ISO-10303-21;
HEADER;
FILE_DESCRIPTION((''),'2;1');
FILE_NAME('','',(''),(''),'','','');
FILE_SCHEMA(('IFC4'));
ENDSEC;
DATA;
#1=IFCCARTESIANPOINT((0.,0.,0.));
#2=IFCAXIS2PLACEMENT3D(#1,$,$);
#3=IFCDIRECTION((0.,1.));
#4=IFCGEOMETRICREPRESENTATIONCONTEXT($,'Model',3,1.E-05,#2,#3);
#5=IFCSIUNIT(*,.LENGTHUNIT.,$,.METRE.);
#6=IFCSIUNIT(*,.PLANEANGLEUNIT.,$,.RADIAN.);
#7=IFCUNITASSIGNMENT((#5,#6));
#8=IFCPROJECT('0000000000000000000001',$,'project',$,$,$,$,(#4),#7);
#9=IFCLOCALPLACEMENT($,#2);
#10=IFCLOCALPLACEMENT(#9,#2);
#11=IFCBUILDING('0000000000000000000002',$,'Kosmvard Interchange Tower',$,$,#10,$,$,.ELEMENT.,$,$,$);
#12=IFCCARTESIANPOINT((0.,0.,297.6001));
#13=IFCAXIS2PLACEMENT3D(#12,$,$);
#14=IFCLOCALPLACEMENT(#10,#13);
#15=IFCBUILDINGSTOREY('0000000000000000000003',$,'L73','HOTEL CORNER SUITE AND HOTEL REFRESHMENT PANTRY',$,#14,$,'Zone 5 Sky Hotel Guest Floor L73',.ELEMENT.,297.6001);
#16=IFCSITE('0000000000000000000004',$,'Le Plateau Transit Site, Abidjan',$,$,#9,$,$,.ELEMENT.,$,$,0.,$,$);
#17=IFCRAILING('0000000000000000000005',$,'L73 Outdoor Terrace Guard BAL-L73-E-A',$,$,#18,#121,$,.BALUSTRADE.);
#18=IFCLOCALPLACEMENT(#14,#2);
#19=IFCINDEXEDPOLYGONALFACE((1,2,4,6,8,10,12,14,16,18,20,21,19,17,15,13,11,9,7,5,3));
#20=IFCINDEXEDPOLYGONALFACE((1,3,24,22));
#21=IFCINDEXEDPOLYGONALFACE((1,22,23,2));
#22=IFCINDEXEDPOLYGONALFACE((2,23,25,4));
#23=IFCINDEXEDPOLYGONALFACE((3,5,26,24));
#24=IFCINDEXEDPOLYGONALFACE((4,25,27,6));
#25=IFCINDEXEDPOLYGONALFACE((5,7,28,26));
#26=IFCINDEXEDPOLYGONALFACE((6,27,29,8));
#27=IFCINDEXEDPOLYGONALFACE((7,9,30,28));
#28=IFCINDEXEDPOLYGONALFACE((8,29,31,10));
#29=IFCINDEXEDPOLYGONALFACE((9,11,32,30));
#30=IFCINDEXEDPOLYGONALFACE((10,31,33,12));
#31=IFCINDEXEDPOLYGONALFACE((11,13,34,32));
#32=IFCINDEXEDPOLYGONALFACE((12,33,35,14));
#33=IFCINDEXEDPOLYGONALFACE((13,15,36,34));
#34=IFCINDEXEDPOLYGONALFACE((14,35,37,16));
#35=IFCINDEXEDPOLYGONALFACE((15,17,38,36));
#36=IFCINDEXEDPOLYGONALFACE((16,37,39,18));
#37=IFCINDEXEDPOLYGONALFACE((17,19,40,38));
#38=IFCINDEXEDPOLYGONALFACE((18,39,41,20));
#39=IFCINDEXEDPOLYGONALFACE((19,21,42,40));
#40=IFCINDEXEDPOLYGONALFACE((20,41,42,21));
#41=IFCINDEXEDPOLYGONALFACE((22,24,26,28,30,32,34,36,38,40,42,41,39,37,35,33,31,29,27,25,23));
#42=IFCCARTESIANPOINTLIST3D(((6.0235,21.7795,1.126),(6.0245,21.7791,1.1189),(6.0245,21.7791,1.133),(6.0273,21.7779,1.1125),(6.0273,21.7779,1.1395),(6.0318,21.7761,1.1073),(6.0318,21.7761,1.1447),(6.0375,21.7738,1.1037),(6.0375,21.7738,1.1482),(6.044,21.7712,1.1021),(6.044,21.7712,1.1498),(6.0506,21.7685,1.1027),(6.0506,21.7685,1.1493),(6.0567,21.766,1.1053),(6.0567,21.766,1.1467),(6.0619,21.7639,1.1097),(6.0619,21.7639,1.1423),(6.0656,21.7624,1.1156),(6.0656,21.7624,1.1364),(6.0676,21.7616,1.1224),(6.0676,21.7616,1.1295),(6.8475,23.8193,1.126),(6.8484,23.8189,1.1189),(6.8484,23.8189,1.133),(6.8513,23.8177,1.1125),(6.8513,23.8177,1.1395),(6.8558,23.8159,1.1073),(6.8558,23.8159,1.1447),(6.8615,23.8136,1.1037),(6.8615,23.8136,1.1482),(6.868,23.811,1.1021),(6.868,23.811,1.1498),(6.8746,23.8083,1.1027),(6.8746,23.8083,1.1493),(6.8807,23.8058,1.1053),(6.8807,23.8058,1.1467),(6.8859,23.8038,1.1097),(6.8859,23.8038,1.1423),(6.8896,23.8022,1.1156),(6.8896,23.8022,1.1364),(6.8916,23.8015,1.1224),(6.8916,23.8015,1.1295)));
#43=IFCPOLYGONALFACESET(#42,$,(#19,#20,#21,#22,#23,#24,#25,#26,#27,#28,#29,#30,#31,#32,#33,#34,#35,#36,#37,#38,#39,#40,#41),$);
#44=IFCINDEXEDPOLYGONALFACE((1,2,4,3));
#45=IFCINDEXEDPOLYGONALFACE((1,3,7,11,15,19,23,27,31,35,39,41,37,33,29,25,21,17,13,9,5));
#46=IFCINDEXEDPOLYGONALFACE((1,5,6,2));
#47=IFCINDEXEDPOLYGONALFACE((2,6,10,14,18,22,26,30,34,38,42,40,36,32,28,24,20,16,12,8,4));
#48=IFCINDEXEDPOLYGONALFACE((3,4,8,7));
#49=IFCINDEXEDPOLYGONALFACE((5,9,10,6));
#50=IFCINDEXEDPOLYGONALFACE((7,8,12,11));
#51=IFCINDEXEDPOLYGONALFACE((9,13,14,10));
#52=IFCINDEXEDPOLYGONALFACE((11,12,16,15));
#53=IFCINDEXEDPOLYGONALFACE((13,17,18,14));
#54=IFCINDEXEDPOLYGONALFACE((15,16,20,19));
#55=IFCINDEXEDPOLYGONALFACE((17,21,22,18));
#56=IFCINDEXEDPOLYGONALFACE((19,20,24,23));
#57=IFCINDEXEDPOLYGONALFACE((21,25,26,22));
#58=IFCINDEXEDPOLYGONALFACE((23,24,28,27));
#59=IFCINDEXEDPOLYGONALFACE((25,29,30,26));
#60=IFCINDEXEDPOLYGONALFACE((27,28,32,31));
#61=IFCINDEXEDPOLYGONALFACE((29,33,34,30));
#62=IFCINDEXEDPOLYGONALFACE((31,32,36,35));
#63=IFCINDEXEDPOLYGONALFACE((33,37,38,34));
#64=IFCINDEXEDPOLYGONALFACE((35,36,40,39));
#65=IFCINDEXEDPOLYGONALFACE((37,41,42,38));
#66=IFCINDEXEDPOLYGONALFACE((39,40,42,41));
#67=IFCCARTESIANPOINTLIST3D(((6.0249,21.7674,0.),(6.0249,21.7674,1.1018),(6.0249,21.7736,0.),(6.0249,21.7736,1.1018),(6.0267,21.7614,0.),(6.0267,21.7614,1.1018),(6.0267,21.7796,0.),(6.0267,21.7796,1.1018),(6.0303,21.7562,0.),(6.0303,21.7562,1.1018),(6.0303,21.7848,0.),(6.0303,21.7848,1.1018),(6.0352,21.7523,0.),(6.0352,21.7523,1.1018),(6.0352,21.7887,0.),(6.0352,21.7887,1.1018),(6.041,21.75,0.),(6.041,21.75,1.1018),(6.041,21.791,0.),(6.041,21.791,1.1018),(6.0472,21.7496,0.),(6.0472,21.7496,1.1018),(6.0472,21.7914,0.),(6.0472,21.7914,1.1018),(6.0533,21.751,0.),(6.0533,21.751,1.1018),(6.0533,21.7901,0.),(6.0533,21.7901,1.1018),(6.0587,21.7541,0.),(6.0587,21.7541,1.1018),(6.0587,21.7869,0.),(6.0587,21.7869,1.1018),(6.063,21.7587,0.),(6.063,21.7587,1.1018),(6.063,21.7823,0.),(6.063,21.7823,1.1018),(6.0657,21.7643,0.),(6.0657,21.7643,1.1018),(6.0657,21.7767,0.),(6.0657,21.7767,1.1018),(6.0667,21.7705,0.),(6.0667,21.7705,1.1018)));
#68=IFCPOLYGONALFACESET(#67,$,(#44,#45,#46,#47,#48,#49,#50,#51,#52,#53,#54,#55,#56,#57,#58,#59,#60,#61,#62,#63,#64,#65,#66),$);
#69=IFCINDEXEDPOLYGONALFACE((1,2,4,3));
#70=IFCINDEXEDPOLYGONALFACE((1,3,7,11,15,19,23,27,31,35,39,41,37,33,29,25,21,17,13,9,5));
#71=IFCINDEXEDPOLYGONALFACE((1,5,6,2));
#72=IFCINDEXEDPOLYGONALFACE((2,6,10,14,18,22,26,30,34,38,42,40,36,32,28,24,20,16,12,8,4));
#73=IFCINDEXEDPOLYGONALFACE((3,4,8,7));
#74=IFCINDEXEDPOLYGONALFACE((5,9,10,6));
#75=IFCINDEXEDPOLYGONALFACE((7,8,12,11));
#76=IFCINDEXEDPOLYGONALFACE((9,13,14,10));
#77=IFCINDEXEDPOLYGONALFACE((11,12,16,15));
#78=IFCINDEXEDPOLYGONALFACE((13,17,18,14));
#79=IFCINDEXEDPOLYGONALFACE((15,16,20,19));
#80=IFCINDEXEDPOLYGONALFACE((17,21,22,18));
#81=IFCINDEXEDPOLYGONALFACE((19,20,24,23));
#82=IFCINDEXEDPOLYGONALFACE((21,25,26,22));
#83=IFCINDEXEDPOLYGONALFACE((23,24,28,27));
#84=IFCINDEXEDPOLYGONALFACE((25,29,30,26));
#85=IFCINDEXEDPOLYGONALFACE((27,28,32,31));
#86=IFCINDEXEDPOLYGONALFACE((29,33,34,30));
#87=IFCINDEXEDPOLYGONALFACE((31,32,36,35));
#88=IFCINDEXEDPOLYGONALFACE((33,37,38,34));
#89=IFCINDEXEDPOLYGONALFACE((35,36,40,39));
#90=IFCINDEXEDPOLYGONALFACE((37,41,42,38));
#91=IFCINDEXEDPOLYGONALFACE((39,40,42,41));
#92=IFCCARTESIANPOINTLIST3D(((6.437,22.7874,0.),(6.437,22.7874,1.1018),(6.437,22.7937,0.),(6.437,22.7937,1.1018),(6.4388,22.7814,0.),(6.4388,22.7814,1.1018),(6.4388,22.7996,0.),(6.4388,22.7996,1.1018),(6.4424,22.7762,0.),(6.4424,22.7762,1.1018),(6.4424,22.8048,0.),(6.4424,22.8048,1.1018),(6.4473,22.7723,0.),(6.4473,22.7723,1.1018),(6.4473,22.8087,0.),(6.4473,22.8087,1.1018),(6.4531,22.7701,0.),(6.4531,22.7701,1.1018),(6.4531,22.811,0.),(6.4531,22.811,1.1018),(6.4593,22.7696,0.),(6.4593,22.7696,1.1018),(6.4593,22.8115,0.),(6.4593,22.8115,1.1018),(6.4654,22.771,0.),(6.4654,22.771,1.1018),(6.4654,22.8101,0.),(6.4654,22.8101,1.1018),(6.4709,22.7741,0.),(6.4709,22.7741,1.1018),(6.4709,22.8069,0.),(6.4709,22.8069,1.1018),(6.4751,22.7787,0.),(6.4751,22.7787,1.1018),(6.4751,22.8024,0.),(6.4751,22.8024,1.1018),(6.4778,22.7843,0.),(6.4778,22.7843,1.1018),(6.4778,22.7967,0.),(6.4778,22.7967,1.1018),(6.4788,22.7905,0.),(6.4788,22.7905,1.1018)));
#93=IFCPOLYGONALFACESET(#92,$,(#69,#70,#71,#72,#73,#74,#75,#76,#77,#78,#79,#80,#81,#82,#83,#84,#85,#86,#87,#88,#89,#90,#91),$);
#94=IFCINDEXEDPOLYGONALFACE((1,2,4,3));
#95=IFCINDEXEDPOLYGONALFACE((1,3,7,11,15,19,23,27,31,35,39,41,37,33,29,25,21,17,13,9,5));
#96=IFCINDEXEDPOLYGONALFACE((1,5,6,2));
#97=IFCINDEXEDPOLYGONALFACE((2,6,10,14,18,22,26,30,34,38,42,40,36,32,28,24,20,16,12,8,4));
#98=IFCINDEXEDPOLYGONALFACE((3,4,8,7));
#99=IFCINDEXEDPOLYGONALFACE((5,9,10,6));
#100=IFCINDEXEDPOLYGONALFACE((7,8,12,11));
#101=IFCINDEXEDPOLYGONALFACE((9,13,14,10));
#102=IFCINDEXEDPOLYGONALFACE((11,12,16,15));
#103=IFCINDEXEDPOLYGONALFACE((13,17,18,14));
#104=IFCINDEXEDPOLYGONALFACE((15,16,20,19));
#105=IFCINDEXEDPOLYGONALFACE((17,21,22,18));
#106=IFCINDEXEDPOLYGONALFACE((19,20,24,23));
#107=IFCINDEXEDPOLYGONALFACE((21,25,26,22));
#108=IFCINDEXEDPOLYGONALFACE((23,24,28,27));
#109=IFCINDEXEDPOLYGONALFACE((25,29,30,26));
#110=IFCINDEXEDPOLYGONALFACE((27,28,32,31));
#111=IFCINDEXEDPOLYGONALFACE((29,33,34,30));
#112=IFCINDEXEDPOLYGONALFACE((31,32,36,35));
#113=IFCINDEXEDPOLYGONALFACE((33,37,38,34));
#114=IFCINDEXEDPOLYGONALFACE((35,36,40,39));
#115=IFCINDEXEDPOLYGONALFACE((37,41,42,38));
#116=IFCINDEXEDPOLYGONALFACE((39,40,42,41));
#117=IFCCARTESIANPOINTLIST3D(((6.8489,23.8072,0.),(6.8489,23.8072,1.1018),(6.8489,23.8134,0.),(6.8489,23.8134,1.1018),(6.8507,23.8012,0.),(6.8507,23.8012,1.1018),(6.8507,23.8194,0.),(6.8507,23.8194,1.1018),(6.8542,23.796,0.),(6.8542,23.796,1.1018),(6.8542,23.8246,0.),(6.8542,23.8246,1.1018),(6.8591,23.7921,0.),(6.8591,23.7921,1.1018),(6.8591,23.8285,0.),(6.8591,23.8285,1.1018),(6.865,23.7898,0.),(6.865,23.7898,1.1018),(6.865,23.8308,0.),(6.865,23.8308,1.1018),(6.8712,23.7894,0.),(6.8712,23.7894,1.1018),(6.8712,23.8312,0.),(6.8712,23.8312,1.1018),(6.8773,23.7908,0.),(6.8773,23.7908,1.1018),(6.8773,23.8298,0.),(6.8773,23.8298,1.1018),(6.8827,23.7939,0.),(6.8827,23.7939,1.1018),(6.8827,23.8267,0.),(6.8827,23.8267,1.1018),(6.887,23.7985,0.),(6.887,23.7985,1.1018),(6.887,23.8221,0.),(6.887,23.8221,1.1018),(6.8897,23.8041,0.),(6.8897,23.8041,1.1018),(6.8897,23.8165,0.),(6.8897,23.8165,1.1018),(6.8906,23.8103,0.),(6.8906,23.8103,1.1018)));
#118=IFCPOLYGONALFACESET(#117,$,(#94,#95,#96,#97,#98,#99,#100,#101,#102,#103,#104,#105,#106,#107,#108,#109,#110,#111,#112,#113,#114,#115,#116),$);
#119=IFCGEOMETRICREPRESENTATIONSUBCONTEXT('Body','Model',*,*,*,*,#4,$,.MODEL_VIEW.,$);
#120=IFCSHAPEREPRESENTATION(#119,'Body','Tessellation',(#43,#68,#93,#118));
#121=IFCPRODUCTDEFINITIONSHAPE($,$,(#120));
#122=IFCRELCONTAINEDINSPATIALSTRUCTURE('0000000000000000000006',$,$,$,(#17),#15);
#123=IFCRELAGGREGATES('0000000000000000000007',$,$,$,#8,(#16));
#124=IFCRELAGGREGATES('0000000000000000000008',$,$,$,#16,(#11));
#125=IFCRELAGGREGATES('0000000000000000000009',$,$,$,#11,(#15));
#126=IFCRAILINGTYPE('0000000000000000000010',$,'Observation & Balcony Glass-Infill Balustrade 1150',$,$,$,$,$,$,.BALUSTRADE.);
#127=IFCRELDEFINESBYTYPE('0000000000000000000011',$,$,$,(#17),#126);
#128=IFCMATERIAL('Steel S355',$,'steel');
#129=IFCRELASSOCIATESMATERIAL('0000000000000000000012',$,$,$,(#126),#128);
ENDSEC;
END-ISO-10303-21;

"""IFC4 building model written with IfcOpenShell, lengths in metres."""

from ifc_helpers import new_model, si_unit, direction, frame, origin, origin_2d, place, context, subcontext, project, spatial, circle, extrude, source, transform, mapped, material, type_object, element, save


model = new_model("IFC4")

# Units and contexts
model_context = context("Model", 3, precision=1e-05, world=origin(), true_north=direction((0.0, 1.0)))
body_context = subcontext(model_context, "Body", "Model", "MODEL_VIEW")
ifc_project = project(units=[si_unit("LENGTHUNIT", "METRE"), si_unit("PLANEANGLEUNIT", "RADIAN")], contexts=[model_context])

# Site, building, storey
site_placement = place(None, origin())
site = spatial("IfcSite", under=ifc_project, at=site_placement, Name="Le Plateau Transit Site, Abidjan", CompositionType="ELEMENT", RefElevation=0.0)
building_placement = place(site_placement, origin())
building = spatial("IfcBuilding", under=site, at=building_placement, Name="Kosmvard Interchange Tower", CompositionType="ELEMENT")
storey_placement = place(building_placement, frame((0.0, 0.0, 297.6001)))
storey = spatial("IfcBuildingStorey", under=building, at=storey_placement, Name="L73", Description="HOTEL CORNER SUITE AND HOTEL REFRESHMENT PANTRY", LongName="Zone 5 Sky Hotel Guest Floor L73", CompositionType="ELEMENT", Elevation=297.6001)

# Shared definitions
ifc_material_1 = material(Name="Steel S355", Category="steel")

# Railing
railing_type_1 = type_object("IfcRailingType", Name="Observation & Balcony Glass-Infill Balustrade 1150", PredefinedType="BALUSTRADE", material=ifc_material_1)
shared_shape_1 = source(origin(), body_context, "Body", "SweptSolid", [
    extrude(circle(Radius=0.0239, at=origin_2d()), frame((0.0, 0.0, 1.126), z_axis=(0.374546, 0.927208, 0.0), x_axis=(-0.927208, 0.374546, 0.0)), (0.0, 0.0, 1.0), 2.2),
    extrude(circle(Radius=0.021, at=origin_2d()), origin(), (0.0, 0.0, 1.0), 1.1018),
    extrude(circle(Radius=0.021, at=origin_2d()), frame((0.4121, 1.02, 0.0)), (0.0, 0.0, 1.0), 1.1018),
    extrude(circle(Radius=0.021, at=origin_2d()), frame((0.824, 2.0398, 0.0)), (0.0, 0.0, 1.0), 1.1018),
])
railing_1_placement = place(storey_placement, frame((6.0457, 21.7705, 0.0)))
element("IfcRailing", 1, at=railing_1_placement, inside=storey, type_object=railing_type_1, Name="L73 Outdoor Terrace Guard BAL-L73-E-A", PredefinedType="BALUSTRADE", context=body_context, shape_type="MappedRepresentation", body=[
    mapped(shared_shape_1, transform((0.0, 0.0, 0.0), scale=1.0)),
])

save(model, "model.ifc")
